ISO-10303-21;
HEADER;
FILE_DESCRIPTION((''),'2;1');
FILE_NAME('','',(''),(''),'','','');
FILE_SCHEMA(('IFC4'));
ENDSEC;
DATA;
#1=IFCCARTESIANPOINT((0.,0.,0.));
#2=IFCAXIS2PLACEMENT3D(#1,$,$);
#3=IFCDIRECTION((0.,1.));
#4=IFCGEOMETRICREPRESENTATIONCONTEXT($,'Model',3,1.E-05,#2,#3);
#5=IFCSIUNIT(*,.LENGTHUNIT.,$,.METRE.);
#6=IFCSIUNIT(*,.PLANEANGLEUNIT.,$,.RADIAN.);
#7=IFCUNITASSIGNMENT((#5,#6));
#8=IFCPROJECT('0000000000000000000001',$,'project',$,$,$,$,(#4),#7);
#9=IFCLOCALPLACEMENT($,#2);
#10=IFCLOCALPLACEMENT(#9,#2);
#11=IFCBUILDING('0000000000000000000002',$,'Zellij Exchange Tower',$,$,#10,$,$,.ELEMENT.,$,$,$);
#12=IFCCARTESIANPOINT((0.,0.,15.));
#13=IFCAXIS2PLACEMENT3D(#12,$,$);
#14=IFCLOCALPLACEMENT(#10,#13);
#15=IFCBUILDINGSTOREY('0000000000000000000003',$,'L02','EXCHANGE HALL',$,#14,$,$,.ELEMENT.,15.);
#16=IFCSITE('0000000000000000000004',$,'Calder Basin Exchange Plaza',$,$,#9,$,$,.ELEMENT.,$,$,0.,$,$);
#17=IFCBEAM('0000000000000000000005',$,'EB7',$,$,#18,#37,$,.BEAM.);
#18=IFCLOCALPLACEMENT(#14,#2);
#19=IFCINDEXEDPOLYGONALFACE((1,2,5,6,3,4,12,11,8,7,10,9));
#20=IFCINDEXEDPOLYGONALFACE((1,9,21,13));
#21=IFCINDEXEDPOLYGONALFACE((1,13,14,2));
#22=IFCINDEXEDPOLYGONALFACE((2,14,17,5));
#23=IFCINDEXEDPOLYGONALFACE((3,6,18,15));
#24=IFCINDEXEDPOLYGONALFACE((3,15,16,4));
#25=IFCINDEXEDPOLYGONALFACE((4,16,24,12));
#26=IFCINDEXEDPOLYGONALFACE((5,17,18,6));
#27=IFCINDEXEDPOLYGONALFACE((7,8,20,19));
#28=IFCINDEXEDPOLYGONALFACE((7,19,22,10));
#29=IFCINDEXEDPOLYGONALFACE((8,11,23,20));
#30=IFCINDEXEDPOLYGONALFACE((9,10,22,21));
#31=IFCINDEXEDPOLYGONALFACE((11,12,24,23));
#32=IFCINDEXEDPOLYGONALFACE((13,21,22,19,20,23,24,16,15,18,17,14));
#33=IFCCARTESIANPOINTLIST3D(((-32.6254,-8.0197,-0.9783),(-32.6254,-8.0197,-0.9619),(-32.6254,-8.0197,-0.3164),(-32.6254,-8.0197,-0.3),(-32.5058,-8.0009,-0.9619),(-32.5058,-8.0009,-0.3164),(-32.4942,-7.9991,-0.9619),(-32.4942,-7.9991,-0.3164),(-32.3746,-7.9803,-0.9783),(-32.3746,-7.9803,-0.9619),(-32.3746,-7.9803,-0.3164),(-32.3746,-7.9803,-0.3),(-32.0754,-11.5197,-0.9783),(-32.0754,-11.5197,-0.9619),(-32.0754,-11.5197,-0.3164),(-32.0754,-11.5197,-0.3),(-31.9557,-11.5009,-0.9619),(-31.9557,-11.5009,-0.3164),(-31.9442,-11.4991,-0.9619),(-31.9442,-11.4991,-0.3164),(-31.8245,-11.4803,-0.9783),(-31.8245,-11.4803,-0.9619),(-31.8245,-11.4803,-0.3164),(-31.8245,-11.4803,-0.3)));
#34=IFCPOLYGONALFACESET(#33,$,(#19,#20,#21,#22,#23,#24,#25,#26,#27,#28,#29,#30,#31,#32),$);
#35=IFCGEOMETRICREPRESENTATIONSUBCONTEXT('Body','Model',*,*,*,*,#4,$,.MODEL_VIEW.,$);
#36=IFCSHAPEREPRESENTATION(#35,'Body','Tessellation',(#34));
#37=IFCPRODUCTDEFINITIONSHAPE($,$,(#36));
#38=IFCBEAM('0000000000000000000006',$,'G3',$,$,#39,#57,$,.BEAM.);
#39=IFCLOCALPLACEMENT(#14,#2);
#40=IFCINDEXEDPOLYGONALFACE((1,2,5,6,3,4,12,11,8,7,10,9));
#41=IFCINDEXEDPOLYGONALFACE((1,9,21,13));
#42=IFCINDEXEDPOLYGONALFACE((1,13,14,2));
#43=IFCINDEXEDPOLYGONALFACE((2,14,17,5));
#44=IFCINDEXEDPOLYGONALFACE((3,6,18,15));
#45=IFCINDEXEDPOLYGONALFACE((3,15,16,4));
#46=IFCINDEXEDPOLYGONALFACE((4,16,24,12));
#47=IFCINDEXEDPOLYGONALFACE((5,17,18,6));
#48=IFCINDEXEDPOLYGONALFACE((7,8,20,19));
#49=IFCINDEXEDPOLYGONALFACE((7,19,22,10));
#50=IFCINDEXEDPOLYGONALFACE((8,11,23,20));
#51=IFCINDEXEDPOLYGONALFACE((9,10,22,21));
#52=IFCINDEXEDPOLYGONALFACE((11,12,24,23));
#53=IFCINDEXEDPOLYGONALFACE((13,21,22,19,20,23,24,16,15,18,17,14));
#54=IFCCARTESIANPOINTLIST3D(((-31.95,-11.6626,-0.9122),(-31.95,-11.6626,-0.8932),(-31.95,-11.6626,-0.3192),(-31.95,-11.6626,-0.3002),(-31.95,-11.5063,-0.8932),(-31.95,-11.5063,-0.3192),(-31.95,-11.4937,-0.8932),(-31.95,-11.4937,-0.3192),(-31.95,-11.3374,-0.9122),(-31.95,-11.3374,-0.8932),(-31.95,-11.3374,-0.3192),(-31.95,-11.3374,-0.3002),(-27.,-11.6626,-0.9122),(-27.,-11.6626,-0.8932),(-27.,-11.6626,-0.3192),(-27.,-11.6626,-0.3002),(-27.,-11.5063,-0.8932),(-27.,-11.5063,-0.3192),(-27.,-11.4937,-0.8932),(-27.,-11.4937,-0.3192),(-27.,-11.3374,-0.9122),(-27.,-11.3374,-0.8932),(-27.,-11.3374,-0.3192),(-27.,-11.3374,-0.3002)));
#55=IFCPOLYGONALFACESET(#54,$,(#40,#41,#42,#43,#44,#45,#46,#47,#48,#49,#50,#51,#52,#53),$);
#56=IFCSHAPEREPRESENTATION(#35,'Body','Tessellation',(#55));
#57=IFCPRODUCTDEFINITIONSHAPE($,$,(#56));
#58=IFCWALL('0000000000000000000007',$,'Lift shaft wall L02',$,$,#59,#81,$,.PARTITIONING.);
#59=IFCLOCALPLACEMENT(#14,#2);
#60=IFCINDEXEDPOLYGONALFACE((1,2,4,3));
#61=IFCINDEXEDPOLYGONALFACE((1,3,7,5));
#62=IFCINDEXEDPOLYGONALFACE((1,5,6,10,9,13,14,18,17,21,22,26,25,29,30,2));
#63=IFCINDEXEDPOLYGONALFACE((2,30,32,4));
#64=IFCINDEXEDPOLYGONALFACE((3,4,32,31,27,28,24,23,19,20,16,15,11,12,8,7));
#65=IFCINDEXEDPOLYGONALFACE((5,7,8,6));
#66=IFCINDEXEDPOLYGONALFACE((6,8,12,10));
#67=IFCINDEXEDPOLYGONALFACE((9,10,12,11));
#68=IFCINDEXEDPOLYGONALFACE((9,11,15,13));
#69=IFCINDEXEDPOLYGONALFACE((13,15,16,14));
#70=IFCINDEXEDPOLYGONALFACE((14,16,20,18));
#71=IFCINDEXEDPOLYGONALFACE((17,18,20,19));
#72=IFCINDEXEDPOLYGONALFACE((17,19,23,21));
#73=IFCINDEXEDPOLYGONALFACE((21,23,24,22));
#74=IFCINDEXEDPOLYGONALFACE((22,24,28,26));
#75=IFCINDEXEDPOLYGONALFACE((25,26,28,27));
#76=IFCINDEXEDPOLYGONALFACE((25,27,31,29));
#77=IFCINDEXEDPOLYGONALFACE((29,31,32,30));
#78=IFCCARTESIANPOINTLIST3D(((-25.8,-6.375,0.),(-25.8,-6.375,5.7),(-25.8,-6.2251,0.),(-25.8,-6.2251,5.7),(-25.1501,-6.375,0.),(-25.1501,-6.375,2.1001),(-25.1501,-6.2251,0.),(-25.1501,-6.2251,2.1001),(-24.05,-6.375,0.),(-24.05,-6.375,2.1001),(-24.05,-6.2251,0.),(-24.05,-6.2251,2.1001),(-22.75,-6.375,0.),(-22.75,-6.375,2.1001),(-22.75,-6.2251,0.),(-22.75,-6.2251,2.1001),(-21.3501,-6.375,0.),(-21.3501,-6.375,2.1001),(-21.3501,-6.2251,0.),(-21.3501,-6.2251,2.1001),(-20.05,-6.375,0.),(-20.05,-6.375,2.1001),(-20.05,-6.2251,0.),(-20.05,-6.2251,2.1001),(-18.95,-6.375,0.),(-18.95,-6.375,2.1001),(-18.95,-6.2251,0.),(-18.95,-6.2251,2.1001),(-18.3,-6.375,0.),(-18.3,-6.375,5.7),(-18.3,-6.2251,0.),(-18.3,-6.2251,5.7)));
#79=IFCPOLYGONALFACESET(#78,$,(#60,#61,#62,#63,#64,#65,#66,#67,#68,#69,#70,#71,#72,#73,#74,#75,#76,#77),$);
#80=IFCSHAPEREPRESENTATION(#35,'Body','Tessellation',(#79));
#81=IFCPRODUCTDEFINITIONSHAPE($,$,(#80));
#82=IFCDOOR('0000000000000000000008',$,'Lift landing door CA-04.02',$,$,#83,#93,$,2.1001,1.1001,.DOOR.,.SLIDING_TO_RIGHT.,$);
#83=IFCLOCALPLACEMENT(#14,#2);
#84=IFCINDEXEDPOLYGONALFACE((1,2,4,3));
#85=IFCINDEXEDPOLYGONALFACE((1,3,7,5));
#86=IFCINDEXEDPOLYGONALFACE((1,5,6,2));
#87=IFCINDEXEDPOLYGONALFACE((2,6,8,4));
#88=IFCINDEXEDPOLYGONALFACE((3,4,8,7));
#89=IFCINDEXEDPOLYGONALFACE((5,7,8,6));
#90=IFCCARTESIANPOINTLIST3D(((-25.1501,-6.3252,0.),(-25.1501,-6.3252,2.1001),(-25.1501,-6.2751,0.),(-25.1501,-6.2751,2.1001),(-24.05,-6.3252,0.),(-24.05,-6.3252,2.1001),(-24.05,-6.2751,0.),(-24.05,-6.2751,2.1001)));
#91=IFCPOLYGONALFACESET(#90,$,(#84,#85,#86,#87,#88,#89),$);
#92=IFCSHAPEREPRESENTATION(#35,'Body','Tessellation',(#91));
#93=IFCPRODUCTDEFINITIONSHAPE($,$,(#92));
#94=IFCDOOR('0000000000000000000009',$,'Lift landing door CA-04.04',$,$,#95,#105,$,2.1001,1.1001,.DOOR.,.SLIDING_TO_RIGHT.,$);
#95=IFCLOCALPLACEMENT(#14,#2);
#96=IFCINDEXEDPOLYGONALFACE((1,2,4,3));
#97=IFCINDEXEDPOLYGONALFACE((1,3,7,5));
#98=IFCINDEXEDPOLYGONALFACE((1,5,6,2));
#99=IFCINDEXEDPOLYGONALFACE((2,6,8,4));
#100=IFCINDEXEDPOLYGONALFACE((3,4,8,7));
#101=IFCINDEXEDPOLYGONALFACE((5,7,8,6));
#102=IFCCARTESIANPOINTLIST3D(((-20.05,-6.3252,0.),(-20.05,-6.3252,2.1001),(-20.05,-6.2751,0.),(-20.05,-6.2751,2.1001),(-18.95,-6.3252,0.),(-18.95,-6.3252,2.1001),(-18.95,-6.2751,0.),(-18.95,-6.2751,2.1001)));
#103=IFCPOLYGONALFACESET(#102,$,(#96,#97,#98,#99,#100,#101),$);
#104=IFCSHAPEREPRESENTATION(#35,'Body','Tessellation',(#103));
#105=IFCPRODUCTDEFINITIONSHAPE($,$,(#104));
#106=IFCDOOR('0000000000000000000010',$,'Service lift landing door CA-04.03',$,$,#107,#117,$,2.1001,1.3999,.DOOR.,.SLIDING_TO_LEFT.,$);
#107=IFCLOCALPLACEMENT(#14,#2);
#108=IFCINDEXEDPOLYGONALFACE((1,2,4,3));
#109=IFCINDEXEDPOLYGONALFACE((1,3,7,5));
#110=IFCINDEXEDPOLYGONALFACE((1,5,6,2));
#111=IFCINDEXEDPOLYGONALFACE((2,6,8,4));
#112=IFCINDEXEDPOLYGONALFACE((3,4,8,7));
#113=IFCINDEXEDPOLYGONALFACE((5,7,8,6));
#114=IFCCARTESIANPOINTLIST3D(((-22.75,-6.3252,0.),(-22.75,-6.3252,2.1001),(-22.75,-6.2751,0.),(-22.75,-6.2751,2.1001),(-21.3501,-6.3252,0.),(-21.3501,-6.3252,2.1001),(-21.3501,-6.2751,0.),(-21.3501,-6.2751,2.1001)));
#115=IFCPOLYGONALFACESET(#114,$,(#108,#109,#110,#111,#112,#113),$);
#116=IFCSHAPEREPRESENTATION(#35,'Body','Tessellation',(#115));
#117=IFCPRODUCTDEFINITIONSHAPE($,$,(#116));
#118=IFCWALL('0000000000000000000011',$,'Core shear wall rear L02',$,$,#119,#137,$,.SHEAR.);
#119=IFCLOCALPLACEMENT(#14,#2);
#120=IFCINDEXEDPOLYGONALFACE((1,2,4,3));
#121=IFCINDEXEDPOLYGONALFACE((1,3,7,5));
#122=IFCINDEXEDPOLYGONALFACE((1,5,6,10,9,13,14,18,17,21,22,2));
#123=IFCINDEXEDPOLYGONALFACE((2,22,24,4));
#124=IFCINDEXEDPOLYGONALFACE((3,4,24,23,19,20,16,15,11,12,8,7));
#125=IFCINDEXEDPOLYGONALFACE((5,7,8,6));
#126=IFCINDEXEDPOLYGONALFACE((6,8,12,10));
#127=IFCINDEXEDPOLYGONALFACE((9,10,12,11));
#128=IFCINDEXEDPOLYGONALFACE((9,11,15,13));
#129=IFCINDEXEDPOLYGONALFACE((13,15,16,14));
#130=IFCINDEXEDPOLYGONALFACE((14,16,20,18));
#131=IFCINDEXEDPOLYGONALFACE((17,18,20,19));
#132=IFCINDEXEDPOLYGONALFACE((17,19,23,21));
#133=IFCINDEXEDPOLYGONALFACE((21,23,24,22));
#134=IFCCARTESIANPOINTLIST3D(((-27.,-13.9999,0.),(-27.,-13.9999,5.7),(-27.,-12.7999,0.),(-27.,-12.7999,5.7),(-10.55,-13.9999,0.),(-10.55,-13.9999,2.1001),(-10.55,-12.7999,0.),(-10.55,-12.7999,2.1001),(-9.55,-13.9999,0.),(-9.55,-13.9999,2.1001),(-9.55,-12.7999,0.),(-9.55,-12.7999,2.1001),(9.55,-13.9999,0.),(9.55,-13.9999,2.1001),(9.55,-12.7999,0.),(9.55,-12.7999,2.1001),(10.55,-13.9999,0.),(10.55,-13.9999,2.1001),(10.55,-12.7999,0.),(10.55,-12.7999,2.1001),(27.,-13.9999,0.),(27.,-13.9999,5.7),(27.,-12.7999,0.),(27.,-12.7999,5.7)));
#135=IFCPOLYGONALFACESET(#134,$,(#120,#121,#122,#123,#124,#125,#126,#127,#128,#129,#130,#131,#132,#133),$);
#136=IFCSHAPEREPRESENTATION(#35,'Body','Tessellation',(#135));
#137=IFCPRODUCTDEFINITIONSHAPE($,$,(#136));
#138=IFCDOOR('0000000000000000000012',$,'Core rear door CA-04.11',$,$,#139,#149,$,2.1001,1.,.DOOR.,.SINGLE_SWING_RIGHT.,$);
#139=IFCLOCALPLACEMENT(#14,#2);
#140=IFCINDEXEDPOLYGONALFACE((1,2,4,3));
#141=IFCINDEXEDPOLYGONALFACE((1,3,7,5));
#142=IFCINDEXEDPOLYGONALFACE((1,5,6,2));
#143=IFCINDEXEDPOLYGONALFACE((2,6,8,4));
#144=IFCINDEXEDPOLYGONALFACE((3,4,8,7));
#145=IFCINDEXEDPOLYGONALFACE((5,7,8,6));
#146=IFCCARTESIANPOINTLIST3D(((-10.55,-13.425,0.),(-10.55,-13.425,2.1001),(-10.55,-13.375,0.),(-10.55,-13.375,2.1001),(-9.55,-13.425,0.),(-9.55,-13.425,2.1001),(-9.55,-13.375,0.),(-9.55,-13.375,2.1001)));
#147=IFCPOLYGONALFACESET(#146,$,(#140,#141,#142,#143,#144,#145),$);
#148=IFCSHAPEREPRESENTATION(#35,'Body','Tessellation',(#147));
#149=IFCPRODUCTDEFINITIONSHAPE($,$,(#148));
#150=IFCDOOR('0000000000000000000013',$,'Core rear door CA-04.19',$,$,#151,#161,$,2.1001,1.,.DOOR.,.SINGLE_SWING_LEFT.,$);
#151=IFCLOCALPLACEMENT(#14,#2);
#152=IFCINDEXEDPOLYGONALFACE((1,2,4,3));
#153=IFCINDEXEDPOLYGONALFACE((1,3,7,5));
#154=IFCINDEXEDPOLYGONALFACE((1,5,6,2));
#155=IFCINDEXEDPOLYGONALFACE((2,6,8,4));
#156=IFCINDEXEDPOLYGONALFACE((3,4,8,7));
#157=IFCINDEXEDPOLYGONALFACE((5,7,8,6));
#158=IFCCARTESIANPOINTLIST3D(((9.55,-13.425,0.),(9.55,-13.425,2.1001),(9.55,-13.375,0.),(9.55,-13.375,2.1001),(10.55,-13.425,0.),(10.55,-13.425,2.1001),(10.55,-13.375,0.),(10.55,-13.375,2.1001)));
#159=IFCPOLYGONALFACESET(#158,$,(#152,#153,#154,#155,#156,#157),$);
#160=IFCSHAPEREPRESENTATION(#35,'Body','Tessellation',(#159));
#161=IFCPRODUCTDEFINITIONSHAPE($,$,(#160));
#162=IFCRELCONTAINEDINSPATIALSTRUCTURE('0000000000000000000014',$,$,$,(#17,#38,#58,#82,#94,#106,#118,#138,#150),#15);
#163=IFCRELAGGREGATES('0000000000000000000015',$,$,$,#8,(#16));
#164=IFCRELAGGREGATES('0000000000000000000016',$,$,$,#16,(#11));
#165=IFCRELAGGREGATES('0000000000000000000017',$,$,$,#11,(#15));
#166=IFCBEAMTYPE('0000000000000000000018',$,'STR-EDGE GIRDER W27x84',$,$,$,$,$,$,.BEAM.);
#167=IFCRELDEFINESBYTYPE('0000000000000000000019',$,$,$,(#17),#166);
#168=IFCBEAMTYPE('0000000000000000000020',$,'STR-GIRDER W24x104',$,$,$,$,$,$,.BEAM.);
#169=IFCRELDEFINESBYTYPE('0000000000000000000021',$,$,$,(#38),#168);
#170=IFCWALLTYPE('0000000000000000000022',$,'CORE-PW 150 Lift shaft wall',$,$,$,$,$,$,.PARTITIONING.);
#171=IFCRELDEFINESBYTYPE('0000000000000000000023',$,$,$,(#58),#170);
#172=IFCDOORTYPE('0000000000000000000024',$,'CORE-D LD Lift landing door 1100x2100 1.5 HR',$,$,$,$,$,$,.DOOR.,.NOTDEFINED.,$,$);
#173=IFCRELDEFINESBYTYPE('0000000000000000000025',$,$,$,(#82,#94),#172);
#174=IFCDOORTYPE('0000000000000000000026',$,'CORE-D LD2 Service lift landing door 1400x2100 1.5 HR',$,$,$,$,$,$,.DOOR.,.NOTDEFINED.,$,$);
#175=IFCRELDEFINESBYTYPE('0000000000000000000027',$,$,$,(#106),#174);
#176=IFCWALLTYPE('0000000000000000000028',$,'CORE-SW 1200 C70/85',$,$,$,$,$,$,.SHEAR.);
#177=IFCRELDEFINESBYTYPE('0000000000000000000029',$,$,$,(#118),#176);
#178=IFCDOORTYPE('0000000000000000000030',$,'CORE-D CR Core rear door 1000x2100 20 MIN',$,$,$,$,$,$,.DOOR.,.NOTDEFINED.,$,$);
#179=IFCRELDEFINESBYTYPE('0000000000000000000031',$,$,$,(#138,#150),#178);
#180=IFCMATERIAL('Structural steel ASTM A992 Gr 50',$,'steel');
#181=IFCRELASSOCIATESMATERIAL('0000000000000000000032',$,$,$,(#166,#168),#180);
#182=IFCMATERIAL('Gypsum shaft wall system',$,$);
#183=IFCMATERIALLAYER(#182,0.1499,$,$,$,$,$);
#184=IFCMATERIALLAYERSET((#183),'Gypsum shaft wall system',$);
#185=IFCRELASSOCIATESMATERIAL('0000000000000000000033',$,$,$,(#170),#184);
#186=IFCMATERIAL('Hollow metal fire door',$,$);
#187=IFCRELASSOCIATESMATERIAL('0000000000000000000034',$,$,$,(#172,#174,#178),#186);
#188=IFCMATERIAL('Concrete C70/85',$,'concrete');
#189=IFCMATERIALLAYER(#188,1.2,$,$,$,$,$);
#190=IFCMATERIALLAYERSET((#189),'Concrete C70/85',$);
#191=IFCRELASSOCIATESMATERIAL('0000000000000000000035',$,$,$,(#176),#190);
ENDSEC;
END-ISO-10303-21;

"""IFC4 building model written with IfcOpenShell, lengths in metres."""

from ifc_helpers import new_model, si_unit, direction, frame, frame_2d, origin, origin_2d, place, context, subcontext, project, spatial, rectangle, i_section, extrude, material, layer, layer_set, material_profile, profile_set, type_object, element, fill, save


model = new_model("IFC4")

# Units and contexts
model_context = context("Model", 3, precision=1e-05, world=origin(), true_north=direction((0.0, 1.0)))
body_context = subcontext(model_context, "Body", "Model", "MODEL_VIEW")
ifc_project = project(units=[si_unit("LENGTHUNIT", "METRE"), si_unit("PLANEANGLEUNIT", "RADIAN")], contexts=[model_context])

# Site, building, storey
site_placement = place(None, origin())
site = spatial("IfcSite", under=ifc_project, at=site_placement, Name="Calder Basin Exchange Plaza", CompositionType="ELEMENT", RefElevation=0.0)
building_placement = place(site_placement, origin())
building = spatial("IfcBuilding", under=site, at=building_placement, Name="Zellij Exchange Tower", CompositionType="ELEMENT")
storey_placement = place(building_placement, frame((0.0, 0.0, 15.0)))
storey = spatial("IfcBuildingStorey", under=building, at=storey_placement, Name="L02", Description="EXCHANGE HALL", CompositionType="ELEMENT", Elevation=15.0)

# Beams
ifc_material_1 = material(Name="Structural steel ASTM A992 Gr 50", Category="steel")
ifc_material_profile_1 = material_profile(ifc_material_1, i_section(OverallWidth=0.2539, OverallDepth=0.6782, WebThickness=0.0117, FlangeThickness=0.0164, at=origin_2d()), Name="W27x84")
ifc_profile_set_1 = profile_set([ifc_material_profile_1], Name="Structural steel ASTM A992 Gr 50")
beam_type_1 = type_object("IfcBeamType", Name="STR-EDGE GIRDER W27x84", PredefinedType="BEAM", material=ifc_profile_set_1)
beam_1_placement = place(storey_placement, frame((-31.95, -11.5, -0.6392), z_axis=(-0.155251, 0.987875, 0.0), x_axis=(-0.987875, -0.155251, 0.0)))
element("IfcBeam", 1, at=beam_1_placement, inside=storey, type_object=beam_type_1, Name="EB7", PredefinedType="BEAM", context=body_context, shape_type="SweptSolid", body=[
    extrude(i_section(OverallWidth=0.2539, OverallDepth=0.6782, WebThickness=0.0117, FlangeThickness=0.0164, at=origin_2d()), origin(), (0.0, 0.0, 1.0), 3.543),
])
ifc_material_profile_2 = material_profile(ifc_material_1, i_section(OverallWidth=0.3252, OverallDepth=0.6121, WebThickness=0.0127, FlangeThickness=0.019, at=origin_2d()), Name="W24x104")
ifc_profile_set_2 = profile_set([ifc_material_profile_2], Name="Structural steel ASTM A992 Gr 50")
beam_type_2 = type_object("IfcBeamType", Name="STR-GIRDER W24x104", PredefinedType="BEAM", material=ifc_profile_set_2)
beam_2_placement = place(storey_placement, frame((-31.95, -11.5, -0.6062), z_axis=(1.0, 0.0, 0.0), x_axis=(0.0, 1.0, 0.0)))
element("IfcBeam", 2, at=beam_2_placement, inside=storey, type_object=beam_type_2, Name="G3", PredefinedType="BEAM", context=body_context, shape_type="SweptSolid", body=[
    extrude(i_section(OverallWidth=0.3252, OverallDepth=0.6121, WebThickness=0.0127, FlangeThickness=0.019, at=origin_2d()), origin(), (0.0, 0.0, 1.0), 4.95),
])

# Walls, openings, doors
ifc_material_2 = material(Name="Gypsum shaft wall system")
ifc_layer_1 = layer(ifc_material_2, 0.1499)
ifc_layer_set_1 = layer_set([ifc_layer_1], Name="Gypsum shaft wall system")
wall_type_1 = type_object("IfcWallType", Name="CORE-PW 150 Lift shaft wall", PredefinedType="PARTITIONING", material=ifc_layer_set_1)
wall_1_placement = place(storey_placement, frame((-25.8, -6.3, 0.0), z_axis=(0.0, 0.0, 1.0), x_axis=(1.0, 0.0, 0.0)))
wall_1 = element("IfcWall", 3, at=wall_1_placement, inside=storey, type_object=wall_type_1, Name="Lift shaft wall L02", PredefinedType="PARTITIONING", context=body_context, shape_type="SweptSolid", body=[
    extrude(rectangle(XDim=7.5, YDim=0.1499, at=frame_2d((3.75, 0.0))), origin(), (0.0, 0.0, 1.0), 5.7),
])
opening_1_placement = place(wall_1_placement, frame((0.6499, 0.0, 0.0)))
opening_1 = element("IfcOpeningElement", 4, at=opening_1_placement, cuts=wall_1, PredefinedType="OPENING", context=body_context, shape_type="SweptSolid", body=[
    extrude(rectangle(XDim=1.1001, YDim=2.1001, at=frame_2d((0.55, 1.05))), frame((0.0, 0.0869, 0.0), z_axis=(0.0, -1.0, 0.0), x_axis=(1.0, 0.0, 0.0)), (0.0, 0.0, 1.0), 0.1738),
])
opening_2_placement = place(wall_1_placement, frame((3.05, 0.0, 0.0)))
opening_2 = element("IfcOpeningElement", 5, at=opening_2_placement, cuts=wall_1, PredefinedType="OPENING", context=body_context, shape_type="SweptSolid", body=[
    extrude(rectangle(XDim=1.3999, YDim=2.1001, at=frame_2d((0.7, 1.05))), frame((0.0, 0.0869, 0.0), z_axis=(0.0, -1.0, 0.0), x_axis=(1.0, 0.0, 0.0)), (0.0, 0.0, 1.0), 0.1738),
])
opening_3_placement = place(wall_1_placement, frame((5.75, 0.0, 0.0)))
opening_3 = element("IfcOpeningElement", 6, at=opening_3_placement, cuts=wall_1, PredefinedType="OPENING", context=body_context, shape_type="SweptSolid", body=[
    extrude(rectangle(XDim=1.1001, YDim=2.1001, at=frame_2d((0.55, 1.05))), frame((0.0, 0.0869, 0.0), z_axis=(0.0, -1.0, 0.0), x_axis=(1.0, 0.0, 0.0)), (0.0, 0.0, 1.0), 0.1738),
])
ifc_material_3 = material(Name="Hollow metal fire door")
door_type_1 = type_object("IfcDoorType", Name="CORE-D LD Lift landing door 1100x2100 1.5 HR", OperationType="NOTDEFINED", PredefinedType="DOOR", material=ifc_material_3)
door_1_placement = place(opening_1_placement, origin())
door_1 = element("IfcDoor", 7, at=door_1_placement, inside=storey, type_object=door_type_1, Name="Lift landing door CA-04.02", OperationType="SLIDING_TO_RIGHT", OverallHeight=2.1001, OverallWidth=1.1001, PredefinedType="DOOR", context=body_context, shape_type="SweptSolid", body=[
    extrude(rectangle(XDim=1.1001, YDim=2.1001, at=frame_2d((0.55, 1.05))), frame((0.0, 0.0249, 0.0), z_axis=(0.0, -1.0, 0.0), x_axis=(1.0, 0.0, 0.0)), (0.0, 0.0, 1.0), 0.05),
])
fill(opening_1, door_1)
door_2_placement = place(opening_3_placement, origin())
door_2 = element("IfcDoor", 8, at=door_2_placement, inside=storey, type_object=door_type_1, Name="Lift landing door CA-04.04", OperationType="SLIDING_TO_RIGHT", OverallHeight=2.1001, OverallWidth=1.1001, PredefinedType="DOOR", context=body_context, shape_type="SweptSolid", body=[
    extrude(rectangle(XDim=1.1001, YDim=2.1001, at=frame_2d((0.55, 1.05))), frame((0.0, 0.0249, 0.0), z_axis=(0.0, -1.0, 0.0), x_axis=(1.0, 0.0, 0.0)), (0.0, 0.0, 1.0), 0.05),
])
fill(opening_3, door_2)
door_type_2 = type_object("IfcDoorType", Name="CORE-D LD2 Service lift landing door 1400x2100 1.5 HR", OperationType="NOTDEFINED", PredefinedType="DOOR", material=ifc_material_3)
door_3_placement = place(opening_2_placement, origin())
door_3 = element("IfcDoor", 9, at=door_3_placement, inside=storey, type_object=door_type_2, Name="Service lift landing door CA-04.03", OperationType="SLIDING_TO_LEFT", OverallHeight=2.1001, OverallWidth=1.3999, PredefinedType="DOOR", context=body_context, shape_type="SweptSolid", body=[
    extrude(rectangle(XDim=1.3999, YDim=2.1001, at=frame_2d((0.7, 1.05))), frame((0.0, 0.0249, 0.0), z_axis=(0.0, -1.0, 0.0), x_axis=(1.0, 0.0, 0.0)), (0.0, 0.0, 1.0), 0.05),
])
fill(opening_2, door_3)
ifc_material_4 = material(Name="Concrete C70/85", Category="concrete")
ifc_layer_2 = layer(ifc_material_4, 1.2)
ifc_layer_set_2 = layer_set([ifc_layer_2], Name="Concrete C70/85")
wall_type_2 = type_object("IfcWallType", Name="CORE-SW 1200 C70/85", PredefinedType="SHEAR", material=ifc_layer_set_2)
wall_2_placement = place(storey_placement, frame((-27.0, -13.3999, 0.0), z_axis=(0.0, 0.0, 1.0), x_axis=(1.0, 0.0, 0.0)))
wall_2 = element("IfcWall", 10, at=wall_2_placement, inside=storey, type_object=wall_type_2, Name="Core shear wall rear L02", PredefinedType="SHEAR", context=body_context, shape_type="SweptSolid", body=[
    extrude(rectangle(XDim=54.0, YDim=1.2, at=frame_2d((27.0, 0.0))), origin(), (0.0, 0.0, 1.0), 5.7),
])
opening_4_placement = place(wall_2_placement, frame((16.45, 0.0, 0.0)))
opening_4 = element("IfcOpeningElement", 11, at=opening_4_placement, cuts=wall_2, PredefinedType="OPENING", context=body_context, shape_type="SweptSolid", body=[
    extrude(rectangle(XDim=1.0, YDim=2.1001, at=frame_2d((0.5, 1.05))), frame((0.0, 0.6118, 0.0), z_axis=(0.0, -1.0, 0.0), x_axis=(1.0, 0.0, 0.0)), (0.0, 0.0, 1.0), 1.2239),
])
opening_5_placement = place(wall_2_placement, frame((36.55, 0.0, 0.0)))
opening_5 = element("IfcOpeningElement", 12, at=opening_5_placement, cuts=wall_2, PredefinedType="OPENING", context=body_context, shape_type="SweptSolid", body=[
    extrude(rectangle(XDim=1.0, YDim=2.1001, at=frame_2d((0.5, 1.05))), frame((0.0, 0.6118, 0.0), z_axis=(0.0, -1.0, 0.0), x_axis=(1.0, 0.0, 0.0)), (0.0, 0.0, 1.0), 1.2239),
])
door_type_3 = type_object("IfcDoorType", Name="CORE-D CR Core rear door 1000x2100 20 MIN", OperationType="NOTDEFINED", PredefinedType="DOOR", material=ifc_material_3)
door_4_placement = place(opening_4_placement, origin())
door_4 = element("IfcDoor", 13, at=door_4_placement, inside=storey, type_object=door_type_3, Name="Core rear door CA-04.11", OperationType="SINGLE_SWING_RIGHT", OverallHeight=2.1001, OverallWidth=1.0, PredefinedType="DOOR", context=body_context, shape_type="SweptSolid", body=[
    extrude(rectangle(XDim=1.0, YDim=2.1001, at=frame_2d((0.5, 1.05))), frame((0.0, 0.0249, 0.0), z_axis=(0.0, -1.0, 0.0), x_axis=(1.0, 0.0, 0.0)), (0.0, 0.0, 1.0), 0.05),
])
fill(opening_4, door_4)
door_5_placement = place(opening_5_placement, origin())
door_5 = element("IfcDoor", 14, at=door_5_placement, inside=storey, type_object=door_type_3, Name="Core rear door CA-04.19", OperationType="SINGLE_SWING_LEFT", OverallHeight=2.1001, OverallWidth=1.0, PredefinedType="DOOR", context=body_context, shape_type="SweptSolid", body=[
    extrude(rectangle(XDim=1.0, YDim=2.1001, at=frame_2d((0.5, 1.05))), frame((0.0, 0.0249, 0.0), z_axis=(0.0, -1.0, 0.0), x_axis=(1.0, 0.0, 0.0)), (0.0, 0.0, 1.0), 0.05),
])
fill(opening_5, door_5)

save(model, "model.ifc")
